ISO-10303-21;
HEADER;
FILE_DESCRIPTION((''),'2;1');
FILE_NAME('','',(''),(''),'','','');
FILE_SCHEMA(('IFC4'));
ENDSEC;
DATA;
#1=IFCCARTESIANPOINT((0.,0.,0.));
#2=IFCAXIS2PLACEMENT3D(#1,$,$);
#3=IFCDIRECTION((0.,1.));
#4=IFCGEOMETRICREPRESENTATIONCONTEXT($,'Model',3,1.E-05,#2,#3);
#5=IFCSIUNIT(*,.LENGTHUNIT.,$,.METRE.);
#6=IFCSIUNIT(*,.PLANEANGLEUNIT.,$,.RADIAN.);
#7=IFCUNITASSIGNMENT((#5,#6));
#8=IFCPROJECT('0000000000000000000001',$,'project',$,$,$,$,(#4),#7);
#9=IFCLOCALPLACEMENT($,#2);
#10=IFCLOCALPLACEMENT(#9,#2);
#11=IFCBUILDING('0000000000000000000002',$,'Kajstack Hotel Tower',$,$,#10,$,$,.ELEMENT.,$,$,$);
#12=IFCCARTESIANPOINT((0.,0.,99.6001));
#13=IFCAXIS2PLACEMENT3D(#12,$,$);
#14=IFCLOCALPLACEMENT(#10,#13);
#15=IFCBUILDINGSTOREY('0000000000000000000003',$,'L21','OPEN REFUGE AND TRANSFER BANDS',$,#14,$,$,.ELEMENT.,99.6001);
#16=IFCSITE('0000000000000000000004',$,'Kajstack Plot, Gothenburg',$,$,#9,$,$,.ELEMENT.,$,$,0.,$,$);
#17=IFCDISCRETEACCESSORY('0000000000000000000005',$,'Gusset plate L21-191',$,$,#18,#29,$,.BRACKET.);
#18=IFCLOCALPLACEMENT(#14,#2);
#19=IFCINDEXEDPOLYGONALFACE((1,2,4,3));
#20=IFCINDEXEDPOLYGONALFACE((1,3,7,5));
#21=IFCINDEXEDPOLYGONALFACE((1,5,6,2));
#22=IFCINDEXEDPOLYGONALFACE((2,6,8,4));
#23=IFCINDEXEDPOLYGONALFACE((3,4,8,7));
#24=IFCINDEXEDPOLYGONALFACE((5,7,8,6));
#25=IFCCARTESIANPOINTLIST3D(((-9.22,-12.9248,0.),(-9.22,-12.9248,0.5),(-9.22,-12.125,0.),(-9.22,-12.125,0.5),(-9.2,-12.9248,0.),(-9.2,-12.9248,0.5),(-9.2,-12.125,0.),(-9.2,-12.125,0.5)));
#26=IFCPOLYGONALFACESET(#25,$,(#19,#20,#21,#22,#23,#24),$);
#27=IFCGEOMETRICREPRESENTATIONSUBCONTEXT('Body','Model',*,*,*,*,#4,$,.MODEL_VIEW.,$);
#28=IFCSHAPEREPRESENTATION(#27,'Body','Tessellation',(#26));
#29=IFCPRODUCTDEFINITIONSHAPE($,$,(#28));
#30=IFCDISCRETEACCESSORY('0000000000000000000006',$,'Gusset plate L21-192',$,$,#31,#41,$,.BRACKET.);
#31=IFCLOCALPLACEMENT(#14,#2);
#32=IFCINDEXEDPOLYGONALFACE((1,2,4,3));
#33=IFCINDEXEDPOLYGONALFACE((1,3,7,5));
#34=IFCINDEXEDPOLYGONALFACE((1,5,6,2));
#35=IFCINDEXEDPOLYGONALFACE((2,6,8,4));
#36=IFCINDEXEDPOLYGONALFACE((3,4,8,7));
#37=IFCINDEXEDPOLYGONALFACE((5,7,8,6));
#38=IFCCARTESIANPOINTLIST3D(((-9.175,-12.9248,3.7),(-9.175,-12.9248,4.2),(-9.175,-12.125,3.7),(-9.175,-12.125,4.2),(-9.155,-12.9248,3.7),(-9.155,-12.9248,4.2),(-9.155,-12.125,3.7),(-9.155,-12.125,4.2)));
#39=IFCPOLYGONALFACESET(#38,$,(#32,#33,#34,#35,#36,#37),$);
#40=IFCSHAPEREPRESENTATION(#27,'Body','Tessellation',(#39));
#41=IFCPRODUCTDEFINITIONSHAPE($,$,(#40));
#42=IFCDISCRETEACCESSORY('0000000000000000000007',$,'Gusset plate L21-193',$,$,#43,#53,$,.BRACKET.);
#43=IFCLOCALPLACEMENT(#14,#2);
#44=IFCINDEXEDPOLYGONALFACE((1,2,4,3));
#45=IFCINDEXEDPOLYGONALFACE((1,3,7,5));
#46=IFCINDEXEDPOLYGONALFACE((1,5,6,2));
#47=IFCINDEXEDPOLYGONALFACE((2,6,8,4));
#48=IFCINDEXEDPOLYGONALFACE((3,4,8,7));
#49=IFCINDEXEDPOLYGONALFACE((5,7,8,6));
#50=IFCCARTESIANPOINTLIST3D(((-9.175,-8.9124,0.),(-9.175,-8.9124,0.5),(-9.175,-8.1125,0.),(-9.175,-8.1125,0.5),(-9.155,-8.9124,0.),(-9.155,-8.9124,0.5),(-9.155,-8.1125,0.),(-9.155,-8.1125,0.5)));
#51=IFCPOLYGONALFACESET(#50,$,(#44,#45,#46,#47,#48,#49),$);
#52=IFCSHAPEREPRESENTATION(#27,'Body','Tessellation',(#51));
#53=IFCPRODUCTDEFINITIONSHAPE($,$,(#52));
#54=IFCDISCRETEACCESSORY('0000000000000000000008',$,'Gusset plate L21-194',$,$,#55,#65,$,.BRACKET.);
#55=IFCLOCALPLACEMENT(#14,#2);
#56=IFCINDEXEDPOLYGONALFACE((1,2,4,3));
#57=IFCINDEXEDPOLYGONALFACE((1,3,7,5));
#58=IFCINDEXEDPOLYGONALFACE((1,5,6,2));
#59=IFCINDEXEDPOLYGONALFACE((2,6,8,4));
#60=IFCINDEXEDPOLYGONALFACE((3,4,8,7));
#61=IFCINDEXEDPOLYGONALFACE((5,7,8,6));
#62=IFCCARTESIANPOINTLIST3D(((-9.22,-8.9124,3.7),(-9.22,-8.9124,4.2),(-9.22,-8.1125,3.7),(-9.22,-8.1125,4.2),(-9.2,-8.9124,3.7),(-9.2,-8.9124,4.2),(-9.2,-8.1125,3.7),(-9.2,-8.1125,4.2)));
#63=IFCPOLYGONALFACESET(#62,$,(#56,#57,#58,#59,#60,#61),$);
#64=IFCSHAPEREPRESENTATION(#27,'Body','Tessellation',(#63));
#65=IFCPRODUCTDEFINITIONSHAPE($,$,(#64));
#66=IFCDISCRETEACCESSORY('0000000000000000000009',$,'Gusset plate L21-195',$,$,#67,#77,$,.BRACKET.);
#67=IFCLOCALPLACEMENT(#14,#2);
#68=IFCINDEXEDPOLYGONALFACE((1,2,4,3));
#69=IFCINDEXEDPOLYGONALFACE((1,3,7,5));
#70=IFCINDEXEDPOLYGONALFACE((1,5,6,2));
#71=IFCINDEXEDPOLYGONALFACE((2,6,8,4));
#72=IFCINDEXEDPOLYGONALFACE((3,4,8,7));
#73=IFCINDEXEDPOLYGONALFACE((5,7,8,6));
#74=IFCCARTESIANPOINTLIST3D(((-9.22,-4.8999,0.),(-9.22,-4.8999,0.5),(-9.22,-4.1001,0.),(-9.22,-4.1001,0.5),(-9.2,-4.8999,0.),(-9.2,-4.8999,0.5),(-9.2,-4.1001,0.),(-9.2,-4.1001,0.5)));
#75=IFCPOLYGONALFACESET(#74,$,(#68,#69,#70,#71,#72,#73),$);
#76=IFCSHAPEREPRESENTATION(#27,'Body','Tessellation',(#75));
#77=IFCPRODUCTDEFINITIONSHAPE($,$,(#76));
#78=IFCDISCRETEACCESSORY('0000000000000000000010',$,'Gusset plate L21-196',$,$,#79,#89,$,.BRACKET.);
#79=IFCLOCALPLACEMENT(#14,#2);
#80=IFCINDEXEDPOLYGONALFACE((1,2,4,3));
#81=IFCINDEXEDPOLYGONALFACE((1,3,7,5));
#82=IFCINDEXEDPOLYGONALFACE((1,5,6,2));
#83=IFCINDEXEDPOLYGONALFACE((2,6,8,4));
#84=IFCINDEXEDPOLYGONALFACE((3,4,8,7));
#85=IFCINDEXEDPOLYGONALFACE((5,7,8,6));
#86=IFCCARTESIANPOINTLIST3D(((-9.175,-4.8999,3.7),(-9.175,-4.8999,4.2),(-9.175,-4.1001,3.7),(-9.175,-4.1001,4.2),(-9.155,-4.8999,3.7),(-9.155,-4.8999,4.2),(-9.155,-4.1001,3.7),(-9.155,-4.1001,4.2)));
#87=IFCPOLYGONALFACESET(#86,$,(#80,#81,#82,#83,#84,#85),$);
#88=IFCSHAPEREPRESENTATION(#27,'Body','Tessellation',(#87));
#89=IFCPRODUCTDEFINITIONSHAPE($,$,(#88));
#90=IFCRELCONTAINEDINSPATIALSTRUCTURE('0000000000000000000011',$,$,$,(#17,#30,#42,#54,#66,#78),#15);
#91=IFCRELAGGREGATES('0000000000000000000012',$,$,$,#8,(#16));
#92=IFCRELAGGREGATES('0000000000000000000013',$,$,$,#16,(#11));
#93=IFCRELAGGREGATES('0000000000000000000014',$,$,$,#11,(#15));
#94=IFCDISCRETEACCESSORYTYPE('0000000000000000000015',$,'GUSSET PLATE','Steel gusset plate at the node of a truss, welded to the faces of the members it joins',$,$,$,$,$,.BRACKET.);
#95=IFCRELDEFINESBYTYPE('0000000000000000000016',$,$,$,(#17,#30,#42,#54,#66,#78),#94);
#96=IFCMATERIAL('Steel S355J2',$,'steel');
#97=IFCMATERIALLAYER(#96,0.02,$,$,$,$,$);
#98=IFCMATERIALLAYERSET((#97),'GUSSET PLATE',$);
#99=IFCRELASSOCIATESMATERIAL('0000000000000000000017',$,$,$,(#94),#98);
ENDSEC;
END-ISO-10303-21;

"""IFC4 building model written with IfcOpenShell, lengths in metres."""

from ifc_helpers import new_model, si_unit, direction, frame, origin, place, context, subcontext, project, spatial, polyline, outline, extrude, material, layer, layer_set, type_object, element, save


model = new_model("IFC4")

# Units and contexts
model_context = context("Model", 3, precision=1e-05, world=origin(), true_north=direction((0.0, 1.0)))
body_context = subcontext(model_context, "Body", "Model", "MODEL_VIEW")
ifc_project = project(units=[si_unit("LENGTHUNIT", "METRE"), si_unit("PLANEANGLEUNIT", "RADIAN")], contexts=[model_context])

# Site, building, storey
site_placement = place(None, origin())
site = spatial("IfcSite", under=ifc_project, at=site_placement, Name="Kajstack Plot, Gothenburg", CompositionType="ELEMENT", RefElevation=0.0)
building_placement = place(site_placement, origin())
building = spatial("IfcBuilding", under=site, at=building_placement, Name="Kajstack Hotel Tower", CompositionType="ELEMENT")
storey_placement = place(building_placement, frame((0.0, 0.0, 99.6001)))
storey = spatial("IfcBuildingStorey", under=building, at=storey_placement, Name="L21", Description="OPEN REFUGE AND TRANSFER BANDS", CompositionType="ELEMENT", Elevation=99.6001)

# Shared definitions
ifc_material_1 = material(Name="Steel S355J2", Category="steel")

# Discrete accessories
ifc_layer_1 = layer(ifc_material_1, 0.02)
ifc_layer_set_1 = layer_set([ifc_layer_1], Name="GUSSET PLATE")
discrete_accessory_type_1 = type_object("IfcDiscreteAccessoryType", Name="GUSSET PLATE", Description="Steel gusset plate at the node of a truss, welded to the faces of the members it joins", PredefinedType="BRACKET", material=ifc_layer_set_1)
for number, where, z_axis, x_axis, name in (
    (1, (-9.22, -12.5249, 0.0), (1.0, 0.0, 0.0), (0.0, 1.0, 0.0), "Gusset plate L21-191"),
    (2, (-9.175, -12.5249, 3.7), (1.0, 0.0, 0.0), (0.0, 1.0, 0.0), "Gusset plate L21-192"),
    (3, (-9.175, -8.5125, 0.0), (1.0, 0.0, 0.0), (0.0, 1.0, 0.0), "Gusset plate L21-193"),
    (4, (-9.22, -8.5125, 3.7), (1.0, 0.0, 0.0), (0.0, 1.0, 0.0), "Gusset plate L21-194"),
    (5, (-9.22, -4.5, 0.0), (1.0, 0.0, 0.0), (0.0, 1.0, 0.0), "Gusset plate L21-195"),
    (6, (-9.175, -4.5, 3.7), (1.0, 0.0, 0.0), (0.0, 1.0, 0.0), "Gusset plate L21-196"),
):
    element("IfcDiscreteAccessory", number, at=place(storey_placement, frame(where, z_axis=z_axis, x_axis=x_axis)), inside=storey, type_object=discrete_accessory_type_1, Name=name, PredefinedType="BRACKET", context=body_context, shape_type="SweptSolid", body=[
        extrude(outline(polyline([(-0.3999, 0.0), (0.3999, 0.0), (0.3999, 0.5), (-0.3999, 0.5), (-0.3999, 0.0)])), origin(), (0.0, 0.0, 1.0), 0.02),
    ])

save(model, "model.ifc")
